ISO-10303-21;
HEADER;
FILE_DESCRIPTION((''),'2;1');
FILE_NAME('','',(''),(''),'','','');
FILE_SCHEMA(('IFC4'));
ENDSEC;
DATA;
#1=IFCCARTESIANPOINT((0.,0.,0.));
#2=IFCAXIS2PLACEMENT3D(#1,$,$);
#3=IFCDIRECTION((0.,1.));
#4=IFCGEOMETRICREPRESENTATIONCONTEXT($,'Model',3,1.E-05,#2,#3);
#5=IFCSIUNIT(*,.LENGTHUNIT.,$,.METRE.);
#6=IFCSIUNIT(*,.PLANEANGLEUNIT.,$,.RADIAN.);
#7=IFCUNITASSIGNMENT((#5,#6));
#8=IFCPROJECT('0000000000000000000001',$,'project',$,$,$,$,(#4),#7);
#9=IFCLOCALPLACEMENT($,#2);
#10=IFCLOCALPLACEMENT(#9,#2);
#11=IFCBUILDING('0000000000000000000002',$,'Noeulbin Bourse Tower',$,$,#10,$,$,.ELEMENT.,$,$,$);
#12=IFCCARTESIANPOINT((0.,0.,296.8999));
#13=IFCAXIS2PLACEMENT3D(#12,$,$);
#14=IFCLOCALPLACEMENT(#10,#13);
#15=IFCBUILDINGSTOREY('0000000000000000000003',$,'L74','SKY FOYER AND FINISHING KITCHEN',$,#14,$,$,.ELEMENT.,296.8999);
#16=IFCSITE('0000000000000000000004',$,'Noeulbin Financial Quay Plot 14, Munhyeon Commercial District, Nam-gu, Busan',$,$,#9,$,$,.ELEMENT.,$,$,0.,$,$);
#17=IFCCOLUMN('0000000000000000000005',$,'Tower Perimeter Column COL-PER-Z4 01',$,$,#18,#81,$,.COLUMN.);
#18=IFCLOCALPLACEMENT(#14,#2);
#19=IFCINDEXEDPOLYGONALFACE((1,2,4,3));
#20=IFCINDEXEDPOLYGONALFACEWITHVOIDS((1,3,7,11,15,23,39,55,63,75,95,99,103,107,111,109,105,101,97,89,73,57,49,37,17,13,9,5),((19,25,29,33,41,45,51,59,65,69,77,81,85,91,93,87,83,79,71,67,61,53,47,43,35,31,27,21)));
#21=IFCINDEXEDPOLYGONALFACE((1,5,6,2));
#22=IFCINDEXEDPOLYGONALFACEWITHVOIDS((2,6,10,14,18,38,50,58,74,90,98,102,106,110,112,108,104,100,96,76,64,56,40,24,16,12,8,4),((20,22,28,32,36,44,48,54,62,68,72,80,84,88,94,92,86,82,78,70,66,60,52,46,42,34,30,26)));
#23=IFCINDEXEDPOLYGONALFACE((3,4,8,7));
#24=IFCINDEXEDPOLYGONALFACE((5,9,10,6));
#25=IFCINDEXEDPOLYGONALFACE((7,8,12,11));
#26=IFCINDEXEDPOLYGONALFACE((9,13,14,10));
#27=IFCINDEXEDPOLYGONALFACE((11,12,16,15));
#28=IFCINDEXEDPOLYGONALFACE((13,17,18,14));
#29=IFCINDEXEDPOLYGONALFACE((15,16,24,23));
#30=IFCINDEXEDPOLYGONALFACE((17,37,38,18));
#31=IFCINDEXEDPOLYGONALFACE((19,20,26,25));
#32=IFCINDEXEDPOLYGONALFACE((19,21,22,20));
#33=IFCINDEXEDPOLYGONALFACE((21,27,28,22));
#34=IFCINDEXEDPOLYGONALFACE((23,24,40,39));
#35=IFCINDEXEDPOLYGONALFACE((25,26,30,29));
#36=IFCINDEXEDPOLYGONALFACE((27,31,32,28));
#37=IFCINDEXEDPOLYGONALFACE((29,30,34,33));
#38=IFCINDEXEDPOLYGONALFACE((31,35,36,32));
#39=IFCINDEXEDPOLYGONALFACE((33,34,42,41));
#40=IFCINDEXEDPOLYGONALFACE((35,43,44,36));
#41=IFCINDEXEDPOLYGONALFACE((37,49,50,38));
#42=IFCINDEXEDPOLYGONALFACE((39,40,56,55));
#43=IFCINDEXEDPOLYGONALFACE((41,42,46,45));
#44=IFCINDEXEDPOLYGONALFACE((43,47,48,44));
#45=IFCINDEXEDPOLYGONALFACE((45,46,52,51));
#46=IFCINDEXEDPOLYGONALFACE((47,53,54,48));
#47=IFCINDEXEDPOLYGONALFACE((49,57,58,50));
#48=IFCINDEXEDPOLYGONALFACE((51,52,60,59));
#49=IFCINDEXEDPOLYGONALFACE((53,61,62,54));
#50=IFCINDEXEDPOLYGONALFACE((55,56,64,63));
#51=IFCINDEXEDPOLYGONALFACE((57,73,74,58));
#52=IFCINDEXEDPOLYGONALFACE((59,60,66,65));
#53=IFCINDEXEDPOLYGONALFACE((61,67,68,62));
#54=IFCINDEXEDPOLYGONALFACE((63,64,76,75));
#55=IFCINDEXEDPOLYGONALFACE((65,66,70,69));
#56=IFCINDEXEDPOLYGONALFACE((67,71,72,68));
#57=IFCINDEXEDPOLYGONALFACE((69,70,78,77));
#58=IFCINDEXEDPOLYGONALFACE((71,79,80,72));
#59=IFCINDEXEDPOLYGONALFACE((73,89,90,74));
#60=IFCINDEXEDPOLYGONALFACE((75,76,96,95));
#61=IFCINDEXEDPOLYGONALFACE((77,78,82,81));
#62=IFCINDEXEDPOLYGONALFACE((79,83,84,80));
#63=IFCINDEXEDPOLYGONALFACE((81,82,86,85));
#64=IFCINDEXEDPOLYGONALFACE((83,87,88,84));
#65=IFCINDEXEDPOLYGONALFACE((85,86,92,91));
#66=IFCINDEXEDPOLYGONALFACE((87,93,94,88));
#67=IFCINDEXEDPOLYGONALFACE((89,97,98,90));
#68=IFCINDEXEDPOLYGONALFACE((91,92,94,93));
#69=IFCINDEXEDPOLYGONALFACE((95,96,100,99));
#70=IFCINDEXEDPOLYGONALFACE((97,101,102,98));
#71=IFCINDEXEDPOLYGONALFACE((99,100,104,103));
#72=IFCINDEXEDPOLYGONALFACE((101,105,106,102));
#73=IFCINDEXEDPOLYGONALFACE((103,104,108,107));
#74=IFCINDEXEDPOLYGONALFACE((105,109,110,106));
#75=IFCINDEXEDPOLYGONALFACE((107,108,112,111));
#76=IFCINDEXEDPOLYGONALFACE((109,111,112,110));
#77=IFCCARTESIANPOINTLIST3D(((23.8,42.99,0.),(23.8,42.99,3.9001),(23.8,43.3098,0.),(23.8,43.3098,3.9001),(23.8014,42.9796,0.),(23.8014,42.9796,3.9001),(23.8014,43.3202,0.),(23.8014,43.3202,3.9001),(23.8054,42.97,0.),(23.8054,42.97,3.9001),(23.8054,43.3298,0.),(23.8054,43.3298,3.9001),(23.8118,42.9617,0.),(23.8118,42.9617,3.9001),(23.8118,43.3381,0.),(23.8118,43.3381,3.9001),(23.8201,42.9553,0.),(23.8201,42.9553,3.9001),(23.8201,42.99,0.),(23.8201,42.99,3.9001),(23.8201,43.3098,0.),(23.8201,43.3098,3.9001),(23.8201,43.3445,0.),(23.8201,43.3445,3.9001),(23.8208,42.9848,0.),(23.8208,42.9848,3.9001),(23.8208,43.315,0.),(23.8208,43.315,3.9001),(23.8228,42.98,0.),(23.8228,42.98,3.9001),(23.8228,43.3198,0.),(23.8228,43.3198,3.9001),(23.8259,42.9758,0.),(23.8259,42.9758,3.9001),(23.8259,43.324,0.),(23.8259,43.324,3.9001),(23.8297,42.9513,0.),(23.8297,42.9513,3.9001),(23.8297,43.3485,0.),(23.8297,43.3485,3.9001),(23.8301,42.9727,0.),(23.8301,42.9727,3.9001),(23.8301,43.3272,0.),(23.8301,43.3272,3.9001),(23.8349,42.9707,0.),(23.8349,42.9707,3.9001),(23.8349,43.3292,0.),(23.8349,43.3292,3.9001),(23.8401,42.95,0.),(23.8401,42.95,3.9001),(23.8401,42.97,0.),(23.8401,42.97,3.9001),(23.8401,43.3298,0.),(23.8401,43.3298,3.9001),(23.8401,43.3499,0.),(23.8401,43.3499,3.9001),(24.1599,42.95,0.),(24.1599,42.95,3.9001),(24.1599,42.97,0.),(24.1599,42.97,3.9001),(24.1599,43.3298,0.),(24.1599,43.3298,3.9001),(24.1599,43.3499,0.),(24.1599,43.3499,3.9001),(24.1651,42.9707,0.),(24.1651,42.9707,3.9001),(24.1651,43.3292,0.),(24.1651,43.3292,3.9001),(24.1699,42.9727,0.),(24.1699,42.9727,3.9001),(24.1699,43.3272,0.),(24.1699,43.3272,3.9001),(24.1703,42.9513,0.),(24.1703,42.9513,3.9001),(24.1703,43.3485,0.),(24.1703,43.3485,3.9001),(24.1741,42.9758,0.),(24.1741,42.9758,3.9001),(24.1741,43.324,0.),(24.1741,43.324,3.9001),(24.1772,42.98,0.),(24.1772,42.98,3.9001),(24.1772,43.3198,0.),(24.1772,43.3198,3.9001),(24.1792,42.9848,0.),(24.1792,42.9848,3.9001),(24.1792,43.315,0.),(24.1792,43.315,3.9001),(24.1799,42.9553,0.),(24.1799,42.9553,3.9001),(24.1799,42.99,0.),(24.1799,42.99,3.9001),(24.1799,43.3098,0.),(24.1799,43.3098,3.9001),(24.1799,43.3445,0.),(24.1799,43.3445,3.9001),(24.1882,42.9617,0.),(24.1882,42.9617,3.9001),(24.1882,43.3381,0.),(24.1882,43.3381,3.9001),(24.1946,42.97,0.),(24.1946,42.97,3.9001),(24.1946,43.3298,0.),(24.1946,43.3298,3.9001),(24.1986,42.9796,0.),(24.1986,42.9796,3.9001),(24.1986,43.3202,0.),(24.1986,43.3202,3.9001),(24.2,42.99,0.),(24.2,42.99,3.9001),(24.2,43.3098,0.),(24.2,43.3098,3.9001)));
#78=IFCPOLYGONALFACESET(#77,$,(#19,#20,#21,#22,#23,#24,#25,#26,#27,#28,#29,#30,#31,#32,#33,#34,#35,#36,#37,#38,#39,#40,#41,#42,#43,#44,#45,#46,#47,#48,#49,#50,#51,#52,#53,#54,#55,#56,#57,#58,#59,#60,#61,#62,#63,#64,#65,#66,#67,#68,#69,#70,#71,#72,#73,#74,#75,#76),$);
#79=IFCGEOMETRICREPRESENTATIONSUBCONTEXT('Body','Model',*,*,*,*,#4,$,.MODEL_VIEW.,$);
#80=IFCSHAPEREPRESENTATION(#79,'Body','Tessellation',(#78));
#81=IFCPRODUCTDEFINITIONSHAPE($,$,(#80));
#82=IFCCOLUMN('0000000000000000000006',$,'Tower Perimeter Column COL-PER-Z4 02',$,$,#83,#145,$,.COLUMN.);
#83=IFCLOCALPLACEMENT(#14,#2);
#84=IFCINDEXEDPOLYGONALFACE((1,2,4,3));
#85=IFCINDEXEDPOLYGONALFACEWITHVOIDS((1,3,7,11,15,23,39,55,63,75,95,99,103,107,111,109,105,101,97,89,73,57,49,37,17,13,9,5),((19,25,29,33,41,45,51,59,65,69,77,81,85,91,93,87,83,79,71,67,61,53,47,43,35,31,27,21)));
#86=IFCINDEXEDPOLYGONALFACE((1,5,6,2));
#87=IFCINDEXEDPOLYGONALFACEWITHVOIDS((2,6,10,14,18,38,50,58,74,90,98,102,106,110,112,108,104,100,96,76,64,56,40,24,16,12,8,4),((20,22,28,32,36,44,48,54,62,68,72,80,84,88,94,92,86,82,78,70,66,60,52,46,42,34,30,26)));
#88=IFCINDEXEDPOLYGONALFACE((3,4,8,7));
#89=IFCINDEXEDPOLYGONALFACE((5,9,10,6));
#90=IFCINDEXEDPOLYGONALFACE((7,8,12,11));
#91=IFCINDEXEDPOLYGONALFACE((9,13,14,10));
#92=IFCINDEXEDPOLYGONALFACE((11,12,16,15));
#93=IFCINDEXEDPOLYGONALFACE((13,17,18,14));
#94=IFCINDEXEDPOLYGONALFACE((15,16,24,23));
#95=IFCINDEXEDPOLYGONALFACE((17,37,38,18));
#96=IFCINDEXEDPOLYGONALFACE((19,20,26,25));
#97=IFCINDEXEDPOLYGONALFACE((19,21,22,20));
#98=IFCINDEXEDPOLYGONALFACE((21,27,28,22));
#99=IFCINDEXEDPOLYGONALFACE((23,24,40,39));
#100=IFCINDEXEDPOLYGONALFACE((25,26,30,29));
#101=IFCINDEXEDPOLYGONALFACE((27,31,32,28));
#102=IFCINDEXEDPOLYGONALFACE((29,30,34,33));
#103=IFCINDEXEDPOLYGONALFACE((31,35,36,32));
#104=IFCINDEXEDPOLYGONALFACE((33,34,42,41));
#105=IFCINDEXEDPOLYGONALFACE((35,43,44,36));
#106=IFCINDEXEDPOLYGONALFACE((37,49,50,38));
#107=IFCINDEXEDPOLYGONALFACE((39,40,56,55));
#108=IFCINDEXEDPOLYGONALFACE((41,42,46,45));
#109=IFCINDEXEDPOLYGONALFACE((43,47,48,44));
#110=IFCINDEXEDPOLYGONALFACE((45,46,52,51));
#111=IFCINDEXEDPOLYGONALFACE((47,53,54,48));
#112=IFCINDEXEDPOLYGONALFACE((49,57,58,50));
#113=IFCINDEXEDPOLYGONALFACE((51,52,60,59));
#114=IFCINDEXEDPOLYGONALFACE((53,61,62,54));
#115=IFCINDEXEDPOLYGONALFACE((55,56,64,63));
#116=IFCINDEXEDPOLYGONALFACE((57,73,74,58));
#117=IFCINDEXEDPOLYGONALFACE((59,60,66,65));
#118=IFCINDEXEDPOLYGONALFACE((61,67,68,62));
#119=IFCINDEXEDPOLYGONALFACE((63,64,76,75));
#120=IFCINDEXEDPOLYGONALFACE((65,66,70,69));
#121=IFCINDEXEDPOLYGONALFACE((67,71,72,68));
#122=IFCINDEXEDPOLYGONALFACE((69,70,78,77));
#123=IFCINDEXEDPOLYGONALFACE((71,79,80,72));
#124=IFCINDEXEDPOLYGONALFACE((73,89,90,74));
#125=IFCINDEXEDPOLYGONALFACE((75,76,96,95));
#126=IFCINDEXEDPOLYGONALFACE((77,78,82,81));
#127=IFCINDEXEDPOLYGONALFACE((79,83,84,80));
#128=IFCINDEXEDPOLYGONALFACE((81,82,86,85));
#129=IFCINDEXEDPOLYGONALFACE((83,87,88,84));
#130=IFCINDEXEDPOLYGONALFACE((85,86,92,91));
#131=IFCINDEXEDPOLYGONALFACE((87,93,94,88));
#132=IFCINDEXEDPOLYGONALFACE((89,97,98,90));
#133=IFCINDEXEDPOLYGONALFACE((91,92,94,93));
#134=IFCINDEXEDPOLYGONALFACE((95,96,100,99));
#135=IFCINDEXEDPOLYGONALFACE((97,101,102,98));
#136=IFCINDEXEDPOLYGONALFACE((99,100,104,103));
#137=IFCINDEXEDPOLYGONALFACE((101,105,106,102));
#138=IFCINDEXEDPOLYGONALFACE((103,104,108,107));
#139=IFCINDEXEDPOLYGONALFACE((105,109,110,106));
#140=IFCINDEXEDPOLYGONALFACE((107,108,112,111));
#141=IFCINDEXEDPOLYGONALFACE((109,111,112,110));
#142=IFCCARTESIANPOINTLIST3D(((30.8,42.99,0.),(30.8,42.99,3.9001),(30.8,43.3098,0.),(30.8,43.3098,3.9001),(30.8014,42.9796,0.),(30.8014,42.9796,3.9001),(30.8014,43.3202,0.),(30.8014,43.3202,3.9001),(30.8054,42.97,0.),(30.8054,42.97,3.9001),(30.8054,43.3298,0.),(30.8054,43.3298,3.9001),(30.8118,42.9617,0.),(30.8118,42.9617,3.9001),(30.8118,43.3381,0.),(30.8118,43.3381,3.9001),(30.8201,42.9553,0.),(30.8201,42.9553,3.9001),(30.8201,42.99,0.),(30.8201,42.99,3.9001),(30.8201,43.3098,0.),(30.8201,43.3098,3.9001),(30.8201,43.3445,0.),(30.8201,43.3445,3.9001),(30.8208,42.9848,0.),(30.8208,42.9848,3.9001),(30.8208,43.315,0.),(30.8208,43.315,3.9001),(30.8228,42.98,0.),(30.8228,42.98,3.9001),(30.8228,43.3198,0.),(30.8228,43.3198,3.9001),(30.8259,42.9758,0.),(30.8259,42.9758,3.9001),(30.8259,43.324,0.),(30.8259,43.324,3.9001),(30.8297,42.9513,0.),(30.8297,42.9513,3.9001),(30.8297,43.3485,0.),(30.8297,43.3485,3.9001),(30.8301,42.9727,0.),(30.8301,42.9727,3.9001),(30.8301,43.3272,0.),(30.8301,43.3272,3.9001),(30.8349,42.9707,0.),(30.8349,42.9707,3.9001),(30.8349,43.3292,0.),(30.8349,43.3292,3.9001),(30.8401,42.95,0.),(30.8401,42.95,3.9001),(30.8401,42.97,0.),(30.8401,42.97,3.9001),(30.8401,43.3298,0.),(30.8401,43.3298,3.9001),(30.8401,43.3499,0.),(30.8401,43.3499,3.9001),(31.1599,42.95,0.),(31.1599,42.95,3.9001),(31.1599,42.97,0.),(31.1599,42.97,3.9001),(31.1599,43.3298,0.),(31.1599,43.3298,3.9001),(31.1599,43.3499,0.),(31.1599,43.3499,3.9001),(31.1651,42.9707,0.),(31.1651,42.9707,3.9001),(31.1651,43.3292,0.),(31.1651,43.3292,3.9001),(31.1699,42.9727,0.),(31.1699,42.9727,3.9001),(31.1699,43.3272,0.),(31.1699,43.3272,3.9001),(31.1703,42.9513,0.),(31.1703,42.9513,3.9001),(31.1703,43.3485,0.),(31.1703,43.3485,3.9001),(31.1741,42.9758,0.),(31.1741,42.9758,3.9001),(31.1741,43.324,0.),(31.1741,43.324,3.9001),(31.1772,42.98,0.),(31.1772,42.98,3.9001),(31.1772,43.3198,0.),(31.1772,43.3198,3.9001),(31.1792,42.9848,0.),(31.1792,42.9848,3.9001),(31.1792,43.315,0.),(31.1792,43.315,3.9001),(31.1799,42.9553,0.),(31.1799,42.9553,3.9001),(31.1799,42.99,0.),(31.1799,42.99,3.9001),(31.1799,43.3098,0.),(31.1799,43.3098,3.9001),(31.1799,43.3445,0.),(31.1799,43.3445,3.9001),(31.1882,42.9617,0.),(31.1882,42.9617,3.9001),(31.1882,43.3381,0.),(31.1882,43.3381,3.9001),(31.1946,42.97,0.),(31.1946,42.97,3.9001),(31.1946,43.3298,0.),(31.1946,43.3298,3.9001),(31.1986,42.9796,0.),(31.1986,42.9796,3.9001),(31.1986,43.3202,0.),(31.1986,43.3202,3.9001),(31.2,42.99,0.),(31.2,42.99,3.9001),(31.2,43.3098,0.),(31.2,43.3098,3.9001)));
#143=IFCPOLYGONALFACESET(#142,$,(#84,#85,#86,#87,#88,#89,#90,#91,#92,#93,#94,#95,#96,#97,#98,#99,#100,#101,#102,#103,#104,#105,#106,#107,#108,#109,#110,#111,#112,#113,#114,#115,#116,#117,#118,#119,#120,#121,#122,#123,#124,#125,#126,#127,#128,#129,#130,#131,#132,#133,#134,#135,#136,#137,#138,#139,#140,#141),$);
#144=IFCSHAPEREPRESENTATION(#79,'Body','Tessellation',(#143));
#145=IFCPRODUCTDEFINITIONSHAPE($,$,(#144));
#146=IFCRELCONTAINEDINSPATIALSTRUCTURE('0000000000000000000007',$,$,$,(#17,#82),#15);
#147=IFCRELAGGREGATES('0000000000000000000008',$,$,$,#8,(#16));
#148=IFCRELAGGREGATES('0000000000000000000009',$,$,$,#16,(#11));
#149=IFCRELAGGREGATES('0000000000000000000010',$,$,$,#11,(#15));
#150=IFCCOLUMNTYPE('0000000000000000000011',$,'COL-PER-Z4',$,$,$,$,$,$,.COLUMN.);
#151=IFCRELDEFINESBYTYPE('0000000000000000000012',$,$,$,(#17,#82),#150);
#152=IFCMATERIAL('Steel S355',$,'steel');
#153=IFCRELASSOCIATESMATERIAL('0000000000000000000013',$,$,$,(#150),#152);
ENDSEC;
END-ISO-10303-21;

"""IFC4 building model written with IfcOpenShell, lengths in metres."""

from ifc_helpers import new_model, si_unit, direction, frame, origin, origin_2d, place, context, subcontext, project, spatial, hollow_rectangle, extrude, material, material_profile, profile_set, type_object, element, save


model = new_model("IFC4")

# Units and contexts
model_context = context("Model", 3, precision=1e-05, world=origin(), true_north=direction((0.0, 1.0)))
body_context = subcontext(model_context, "Body", "Model", "MODEL_VIEW")
ifc_project = project(units=[si_unit("LENGTHUNIT", "METRE"), si_unit("PLANEANGLEUNIT", "RADIAN")], contexts=[model_context])

# Site, building, storey
site_placement = place(None, origin())
site = spatial("IfcSite", under=ifc_project, at=site_placement, Name="Noeulbin Financial Quay Plot 14, Munhyeon Commercial District, Nam-gu, Busan", CompositionType="ELEMENT", RefElevation=0.0)
building_placement = place(site_placement, origin())
building = spatial("IfcBuilding", under=site, at=building_placement, Name="Noeulbin Bourse Tower", CompositionType="ELEMENT")
storey_placement = place(building_placement, frame((0.0, 0.0, 296.8999)))
storey = spatial("IfcBuildingStorey", under=building, at=storey_placement, Name="L74", Description="SKY FOYER AND FINISHING KITCHEN", CompositionType="ELEMENT", Elevation=296.8999)

# Columns
ifc_material_1 = material(Name="Steel S355", Category="steel")
ifc_material_profile_1 = material_profile(ifc_material_1, hollow_rectangle(XDim=0.3999, YDim=0.3999, WallThickness=0.02, InnerFilletRadius=0.02, OuterFilletRadius=0.04, at=origin_2d()), Name="SHS-400x400x20", Category="LoadBearing")
ifc_profile_set_1 = profile_set([ifc_material_profile_1], Name="Steel S355")
column_type_1 = type_object("IfcColumnType", Name="COL-PER-Z4", PredefinedType="COLUMN", material=ifc_profile_set_1)
for number, where, z_axis, x_axis, name in (
    (1, (24.0, 43.1499, 0.0), (0.0, 0.0, 1.0), (1.0, 0.0, 0.0), "Tower Perimeter Column COL-PER-Z4 01"),
    (2, (31.0, 43.1499, 0.0), (0.0, 0.0, 1.0), (1.0, 0.0, 0.0), "Tower Perimeter Column COL-PER-Z4 02"),
):
    element("IfcColumn", number, at=place(storey_placement, frame(where, z_axis=z_axis, x_axis=x_axis)), inside=storey, type_object=column_type_1, Name=name, PredefinedType="COLUMN", context=body_context, shape_type="SweptSolid", body=[
        extrude(hollow_rectangle(XDim=0.3999, YDim=0.3999, WallThickness=0.02, InnerFilletRadius=0.02, OuterFilletRadius=0.04, at=origin_2d()), origin(), (0.0, 0.0, 1.0), 3.9001),
    ])

save(model, "model.ifc")
